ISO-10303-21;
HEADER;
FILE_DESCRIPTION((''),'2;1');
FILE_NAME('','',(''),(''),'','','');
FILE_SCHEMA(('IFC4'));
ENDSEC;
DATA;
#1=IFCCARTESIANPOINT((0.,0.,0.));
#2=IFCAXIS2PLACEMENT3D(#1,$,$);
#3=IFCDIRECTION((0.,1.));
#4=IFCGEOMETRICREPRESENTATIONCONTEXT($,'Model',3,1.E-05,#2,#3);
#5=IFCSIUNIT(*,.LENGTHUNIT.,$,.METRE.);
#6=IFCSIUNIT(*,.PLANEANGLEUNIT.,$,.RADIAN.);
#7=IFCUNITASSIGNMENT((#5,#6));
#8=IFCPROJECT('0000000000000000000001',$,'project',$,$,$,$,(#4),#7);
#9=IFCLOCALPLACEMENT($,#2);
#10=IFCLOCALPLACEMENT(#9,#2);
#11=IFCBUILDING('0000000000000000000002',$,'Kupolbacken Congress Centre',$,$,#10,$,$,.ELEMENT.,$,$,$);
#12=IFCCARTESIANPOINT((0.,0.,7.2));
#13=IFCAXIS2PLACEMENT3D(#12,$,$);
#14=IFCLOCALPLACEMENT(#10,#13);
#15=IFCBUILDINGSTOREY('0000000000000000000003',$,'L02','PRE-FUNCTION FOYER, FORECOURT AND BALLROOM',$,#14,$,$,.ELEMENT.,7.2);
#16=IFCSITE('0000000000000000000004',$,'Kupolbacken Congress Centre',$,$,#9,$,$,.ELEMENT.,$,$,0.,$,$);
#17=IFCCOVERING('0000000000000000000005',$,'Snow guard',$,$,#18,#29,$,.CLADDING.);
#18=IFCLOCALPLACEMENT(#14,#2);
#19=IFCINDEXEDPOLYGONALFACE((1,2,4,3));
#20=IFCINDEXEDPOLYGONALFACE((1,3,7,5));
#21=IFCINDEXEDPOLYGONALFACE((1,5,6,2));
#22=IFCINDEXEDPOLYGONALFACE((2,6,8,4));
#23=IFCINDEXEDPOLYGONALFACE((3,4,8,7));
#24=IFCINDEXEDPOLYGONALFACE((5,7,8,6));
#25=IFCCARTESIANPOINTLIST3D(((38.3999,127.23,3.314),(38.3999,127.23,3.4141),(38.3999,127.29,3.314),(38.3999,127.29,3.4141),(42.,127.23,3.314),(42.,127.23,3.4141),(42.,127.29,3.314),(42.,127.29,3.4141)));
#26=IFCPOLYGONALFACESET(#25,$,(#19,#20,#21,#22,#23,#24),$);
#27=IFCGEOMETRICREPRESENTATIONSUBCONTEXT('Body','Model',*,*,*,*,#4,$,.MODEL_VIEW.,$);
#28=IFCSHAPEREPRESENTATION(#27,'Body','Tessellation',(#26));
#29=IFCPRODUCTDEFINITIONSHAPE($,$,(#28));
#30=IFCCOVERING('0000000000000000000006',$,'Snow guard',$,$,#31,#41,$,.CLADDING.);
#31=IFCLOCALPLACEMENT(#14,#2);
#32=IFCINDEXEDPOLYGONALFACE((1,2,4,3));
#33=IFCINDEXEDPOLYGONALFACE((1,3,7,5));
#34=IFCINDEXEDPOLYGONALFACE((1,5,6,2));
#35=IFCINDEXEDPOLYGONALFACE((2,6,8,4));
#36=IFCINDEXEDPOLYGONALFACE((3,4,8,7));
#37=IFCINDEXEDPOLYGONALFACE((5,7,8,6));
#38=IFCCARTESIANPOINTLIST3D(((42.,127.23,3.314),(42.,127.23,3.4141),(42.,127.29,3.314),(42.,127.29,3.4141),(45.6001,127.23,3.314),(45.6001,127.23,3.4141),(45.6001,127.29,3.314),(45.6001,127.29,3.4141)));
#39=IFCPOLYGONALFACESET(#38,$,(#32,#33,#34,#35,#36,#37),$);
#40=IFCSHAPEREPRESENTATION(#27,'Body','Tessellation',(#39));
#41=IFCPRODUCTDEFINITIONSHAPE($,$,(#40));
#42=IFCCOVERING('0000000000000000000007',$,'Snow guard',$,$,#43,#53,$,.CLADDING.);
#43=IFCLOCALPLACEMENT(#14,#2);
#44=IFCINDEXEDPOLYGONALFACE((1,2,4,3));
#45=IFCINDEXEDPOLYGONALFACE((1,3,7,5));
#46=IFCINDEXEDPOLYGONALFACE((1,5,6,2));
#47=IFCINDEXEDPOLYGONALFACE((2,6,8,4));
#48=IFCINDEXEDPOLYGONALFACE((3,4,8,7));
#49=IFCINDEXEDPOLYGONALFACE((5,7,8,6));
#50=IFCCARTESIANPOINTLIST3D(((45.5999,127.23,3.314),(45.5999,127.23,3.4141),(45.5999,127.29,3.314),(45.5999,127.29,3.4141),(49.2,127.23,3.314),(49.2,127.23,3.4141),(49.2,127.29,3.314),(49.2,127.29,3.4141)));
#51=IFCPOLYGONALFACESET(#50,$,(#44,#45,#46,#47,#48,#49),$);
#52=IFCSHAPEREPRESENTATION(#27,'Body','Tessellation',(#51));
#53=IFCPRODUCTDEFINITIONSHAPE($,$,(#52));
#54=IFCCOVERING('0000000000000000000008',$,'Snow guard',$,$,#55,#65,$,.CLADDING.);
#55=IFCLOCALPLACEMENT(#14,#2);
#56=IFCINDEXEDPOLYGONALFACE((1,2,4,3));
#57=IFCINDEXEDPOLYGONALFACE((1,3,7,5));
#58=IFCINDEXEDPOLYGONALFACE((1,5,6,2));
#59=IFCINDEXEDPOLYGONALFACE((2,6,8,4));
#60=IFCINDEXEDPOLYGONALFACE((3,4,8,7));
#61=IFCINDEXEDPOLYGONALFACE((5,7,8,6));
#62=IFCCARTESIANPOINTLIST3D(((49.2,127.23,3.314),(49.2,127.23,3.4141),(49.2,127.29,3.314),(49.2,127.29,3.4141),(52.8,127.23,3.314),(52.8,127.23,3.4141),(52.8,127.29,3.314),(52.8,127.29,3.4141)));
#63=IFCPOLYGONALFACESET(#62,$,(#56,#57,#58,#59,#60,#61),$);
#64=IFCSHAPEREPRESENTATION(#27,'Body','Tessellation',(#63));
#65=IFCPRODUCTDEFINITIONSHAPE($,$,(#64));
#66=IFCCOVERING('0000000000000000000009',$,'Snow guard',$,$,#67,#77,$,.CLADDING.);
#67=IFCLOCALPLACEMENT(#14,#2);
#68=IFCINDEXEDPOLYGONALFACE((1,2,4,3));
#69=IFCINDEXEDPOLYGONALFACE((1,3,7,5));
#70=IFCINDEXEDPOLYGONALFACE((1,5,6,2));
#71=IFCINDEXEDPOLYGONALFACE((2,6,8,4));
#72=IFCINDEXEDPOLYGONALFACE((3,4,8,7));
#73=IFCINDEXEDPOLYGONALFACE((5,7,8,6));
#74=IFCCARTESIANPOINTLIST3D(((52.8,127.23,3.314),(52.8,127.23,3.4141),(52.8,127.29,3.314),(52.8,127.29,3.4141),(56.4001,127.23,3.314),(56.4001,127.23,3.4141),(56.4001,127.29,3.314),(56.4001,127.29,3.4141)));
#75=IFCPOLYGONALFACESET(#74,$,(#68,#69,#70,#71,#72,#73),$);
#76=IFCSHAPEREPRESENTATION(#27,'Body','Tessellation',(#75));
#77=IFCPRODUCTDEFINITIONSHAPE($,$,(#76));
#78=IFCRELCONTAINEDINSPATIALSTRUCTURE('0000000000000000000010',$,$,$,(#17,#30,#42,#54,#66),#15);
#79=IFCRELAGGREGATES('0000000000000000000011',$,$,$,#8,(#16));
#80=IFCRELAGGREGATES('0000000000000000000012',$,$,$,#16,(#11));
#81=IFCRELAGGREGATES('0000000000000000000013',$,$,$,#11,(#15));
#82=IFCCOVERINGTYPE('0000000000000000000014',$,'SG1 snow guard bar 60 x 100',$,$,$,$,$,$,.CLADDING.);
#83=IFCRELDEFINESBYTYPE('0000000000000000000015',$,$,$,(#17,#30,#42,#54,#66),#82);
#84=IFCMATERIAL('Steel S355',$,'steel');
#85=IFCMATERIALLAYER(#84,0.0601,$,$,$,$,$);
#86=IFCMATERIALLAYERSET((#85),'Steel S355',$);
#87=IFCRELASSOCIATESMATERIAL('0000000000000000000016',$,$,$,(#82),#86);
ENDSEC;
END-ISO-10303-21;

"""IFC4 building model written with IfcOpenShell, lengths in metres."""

from ifc_helpers import new_model, si_unit, direction, frame, origin, origin_2d, place, context, subcontext, project, spatial, rectangle, extrude, material, layer, layer_set, type_object, element, save


model = new_model("IFC4")

# Units and contexts
model_context = context("Model", 3, precision=1e-05, world=origin(), true_north=direction((0.0, 1.0)))
body_context = subcontext(model_context, "Body", "Model", "MODEL_VIEW")
ifc_project = project(units=[si_unit("LENGTHUNIT", "METRE"), si_unit("PLANEANGLEUNIT", "RADIAN")], contexts=[model_context])

# Site, building, storey
site_placement = place(None, origin())
site = spatial("IfcSite", under=ifc_project, at=site_placement, Name="Kupolbacken Congress Centre", CompositionType="ELEMENT", RefElevation=0.0)
building_placement = place(site_placement, origin())
building = spatial("IfcBuilding", under=site, at=building_placement, Name="Kupolbacken Congress Centre", CompositionType="ELEMENT")
storey_placement = place(building_placement, frame((0.0, 0.0, 7.2)))
storey = spatial("IfcBuildingStorey", under=building, at=storey_placement, Name="L02", Description="PRE-FUNCTION FOYER, FORECOURT AND BALLROOM", CompositionType="ELEMENT", Elevation=7.2)

# Coverings
ifc_material_1 = material(Name="Steel S355", Category="steel")
ifc_layer_1 = layer(ifc_material_1, 0.0601)
ifc_layer_set_1 = layer_set([ifc_layer_1], Name="Steel S355")
covering_type_1 = type_object("IfcCoveringType", Name="SG1 snow guard bar 60 x 100", PredefinedType="CLADDING", material=ifc_layer_set_1)
for number, where, z_axis, x_axis, name in (
    (1, (40.2, 127.26, 3.314), (0.0, 0.0, 1.0), (1.0, 0.0, 0.0), "Snow guard"),
    (2, (43.8, 127.26, 3.314), (0.0, 0.0, 1.0), (1.0, 0.0, 0.0), "Snow guard"),
    (3, (47.3999, 127.26, 3.314), (0.0, 0.0, 1.0), (1.0, 0.0, 0.0), "Snow guard"),
    (4, (51.0, 127.26, 3.314), (0.0, 0.0, 1.0), (1.0, 0.0, 0.0), "Snow guard"),
    (5, (54.6001, 127.26, 3.314), (0.0, 0.0, 1.0), (1.0, 0.0, 0.0), "Snow guard"),
):
    element("IfcCovering", number, at=place(storey_placement, frame(where, z_axis=z_axis, x_axis=x_axis)), inside=storey, type_object=covering_type_1, Name=name, PredefinedType="CLADDING", context=body_context, shape_type="SweptSolid", body=[
        extrude(rectangle(XDim=3.6001, YDim=0.0601, at=origin_2d()), origin(), (0.0, 0.0, 1.0), 0.1001),
    ])

save(model, "model.ifc")
